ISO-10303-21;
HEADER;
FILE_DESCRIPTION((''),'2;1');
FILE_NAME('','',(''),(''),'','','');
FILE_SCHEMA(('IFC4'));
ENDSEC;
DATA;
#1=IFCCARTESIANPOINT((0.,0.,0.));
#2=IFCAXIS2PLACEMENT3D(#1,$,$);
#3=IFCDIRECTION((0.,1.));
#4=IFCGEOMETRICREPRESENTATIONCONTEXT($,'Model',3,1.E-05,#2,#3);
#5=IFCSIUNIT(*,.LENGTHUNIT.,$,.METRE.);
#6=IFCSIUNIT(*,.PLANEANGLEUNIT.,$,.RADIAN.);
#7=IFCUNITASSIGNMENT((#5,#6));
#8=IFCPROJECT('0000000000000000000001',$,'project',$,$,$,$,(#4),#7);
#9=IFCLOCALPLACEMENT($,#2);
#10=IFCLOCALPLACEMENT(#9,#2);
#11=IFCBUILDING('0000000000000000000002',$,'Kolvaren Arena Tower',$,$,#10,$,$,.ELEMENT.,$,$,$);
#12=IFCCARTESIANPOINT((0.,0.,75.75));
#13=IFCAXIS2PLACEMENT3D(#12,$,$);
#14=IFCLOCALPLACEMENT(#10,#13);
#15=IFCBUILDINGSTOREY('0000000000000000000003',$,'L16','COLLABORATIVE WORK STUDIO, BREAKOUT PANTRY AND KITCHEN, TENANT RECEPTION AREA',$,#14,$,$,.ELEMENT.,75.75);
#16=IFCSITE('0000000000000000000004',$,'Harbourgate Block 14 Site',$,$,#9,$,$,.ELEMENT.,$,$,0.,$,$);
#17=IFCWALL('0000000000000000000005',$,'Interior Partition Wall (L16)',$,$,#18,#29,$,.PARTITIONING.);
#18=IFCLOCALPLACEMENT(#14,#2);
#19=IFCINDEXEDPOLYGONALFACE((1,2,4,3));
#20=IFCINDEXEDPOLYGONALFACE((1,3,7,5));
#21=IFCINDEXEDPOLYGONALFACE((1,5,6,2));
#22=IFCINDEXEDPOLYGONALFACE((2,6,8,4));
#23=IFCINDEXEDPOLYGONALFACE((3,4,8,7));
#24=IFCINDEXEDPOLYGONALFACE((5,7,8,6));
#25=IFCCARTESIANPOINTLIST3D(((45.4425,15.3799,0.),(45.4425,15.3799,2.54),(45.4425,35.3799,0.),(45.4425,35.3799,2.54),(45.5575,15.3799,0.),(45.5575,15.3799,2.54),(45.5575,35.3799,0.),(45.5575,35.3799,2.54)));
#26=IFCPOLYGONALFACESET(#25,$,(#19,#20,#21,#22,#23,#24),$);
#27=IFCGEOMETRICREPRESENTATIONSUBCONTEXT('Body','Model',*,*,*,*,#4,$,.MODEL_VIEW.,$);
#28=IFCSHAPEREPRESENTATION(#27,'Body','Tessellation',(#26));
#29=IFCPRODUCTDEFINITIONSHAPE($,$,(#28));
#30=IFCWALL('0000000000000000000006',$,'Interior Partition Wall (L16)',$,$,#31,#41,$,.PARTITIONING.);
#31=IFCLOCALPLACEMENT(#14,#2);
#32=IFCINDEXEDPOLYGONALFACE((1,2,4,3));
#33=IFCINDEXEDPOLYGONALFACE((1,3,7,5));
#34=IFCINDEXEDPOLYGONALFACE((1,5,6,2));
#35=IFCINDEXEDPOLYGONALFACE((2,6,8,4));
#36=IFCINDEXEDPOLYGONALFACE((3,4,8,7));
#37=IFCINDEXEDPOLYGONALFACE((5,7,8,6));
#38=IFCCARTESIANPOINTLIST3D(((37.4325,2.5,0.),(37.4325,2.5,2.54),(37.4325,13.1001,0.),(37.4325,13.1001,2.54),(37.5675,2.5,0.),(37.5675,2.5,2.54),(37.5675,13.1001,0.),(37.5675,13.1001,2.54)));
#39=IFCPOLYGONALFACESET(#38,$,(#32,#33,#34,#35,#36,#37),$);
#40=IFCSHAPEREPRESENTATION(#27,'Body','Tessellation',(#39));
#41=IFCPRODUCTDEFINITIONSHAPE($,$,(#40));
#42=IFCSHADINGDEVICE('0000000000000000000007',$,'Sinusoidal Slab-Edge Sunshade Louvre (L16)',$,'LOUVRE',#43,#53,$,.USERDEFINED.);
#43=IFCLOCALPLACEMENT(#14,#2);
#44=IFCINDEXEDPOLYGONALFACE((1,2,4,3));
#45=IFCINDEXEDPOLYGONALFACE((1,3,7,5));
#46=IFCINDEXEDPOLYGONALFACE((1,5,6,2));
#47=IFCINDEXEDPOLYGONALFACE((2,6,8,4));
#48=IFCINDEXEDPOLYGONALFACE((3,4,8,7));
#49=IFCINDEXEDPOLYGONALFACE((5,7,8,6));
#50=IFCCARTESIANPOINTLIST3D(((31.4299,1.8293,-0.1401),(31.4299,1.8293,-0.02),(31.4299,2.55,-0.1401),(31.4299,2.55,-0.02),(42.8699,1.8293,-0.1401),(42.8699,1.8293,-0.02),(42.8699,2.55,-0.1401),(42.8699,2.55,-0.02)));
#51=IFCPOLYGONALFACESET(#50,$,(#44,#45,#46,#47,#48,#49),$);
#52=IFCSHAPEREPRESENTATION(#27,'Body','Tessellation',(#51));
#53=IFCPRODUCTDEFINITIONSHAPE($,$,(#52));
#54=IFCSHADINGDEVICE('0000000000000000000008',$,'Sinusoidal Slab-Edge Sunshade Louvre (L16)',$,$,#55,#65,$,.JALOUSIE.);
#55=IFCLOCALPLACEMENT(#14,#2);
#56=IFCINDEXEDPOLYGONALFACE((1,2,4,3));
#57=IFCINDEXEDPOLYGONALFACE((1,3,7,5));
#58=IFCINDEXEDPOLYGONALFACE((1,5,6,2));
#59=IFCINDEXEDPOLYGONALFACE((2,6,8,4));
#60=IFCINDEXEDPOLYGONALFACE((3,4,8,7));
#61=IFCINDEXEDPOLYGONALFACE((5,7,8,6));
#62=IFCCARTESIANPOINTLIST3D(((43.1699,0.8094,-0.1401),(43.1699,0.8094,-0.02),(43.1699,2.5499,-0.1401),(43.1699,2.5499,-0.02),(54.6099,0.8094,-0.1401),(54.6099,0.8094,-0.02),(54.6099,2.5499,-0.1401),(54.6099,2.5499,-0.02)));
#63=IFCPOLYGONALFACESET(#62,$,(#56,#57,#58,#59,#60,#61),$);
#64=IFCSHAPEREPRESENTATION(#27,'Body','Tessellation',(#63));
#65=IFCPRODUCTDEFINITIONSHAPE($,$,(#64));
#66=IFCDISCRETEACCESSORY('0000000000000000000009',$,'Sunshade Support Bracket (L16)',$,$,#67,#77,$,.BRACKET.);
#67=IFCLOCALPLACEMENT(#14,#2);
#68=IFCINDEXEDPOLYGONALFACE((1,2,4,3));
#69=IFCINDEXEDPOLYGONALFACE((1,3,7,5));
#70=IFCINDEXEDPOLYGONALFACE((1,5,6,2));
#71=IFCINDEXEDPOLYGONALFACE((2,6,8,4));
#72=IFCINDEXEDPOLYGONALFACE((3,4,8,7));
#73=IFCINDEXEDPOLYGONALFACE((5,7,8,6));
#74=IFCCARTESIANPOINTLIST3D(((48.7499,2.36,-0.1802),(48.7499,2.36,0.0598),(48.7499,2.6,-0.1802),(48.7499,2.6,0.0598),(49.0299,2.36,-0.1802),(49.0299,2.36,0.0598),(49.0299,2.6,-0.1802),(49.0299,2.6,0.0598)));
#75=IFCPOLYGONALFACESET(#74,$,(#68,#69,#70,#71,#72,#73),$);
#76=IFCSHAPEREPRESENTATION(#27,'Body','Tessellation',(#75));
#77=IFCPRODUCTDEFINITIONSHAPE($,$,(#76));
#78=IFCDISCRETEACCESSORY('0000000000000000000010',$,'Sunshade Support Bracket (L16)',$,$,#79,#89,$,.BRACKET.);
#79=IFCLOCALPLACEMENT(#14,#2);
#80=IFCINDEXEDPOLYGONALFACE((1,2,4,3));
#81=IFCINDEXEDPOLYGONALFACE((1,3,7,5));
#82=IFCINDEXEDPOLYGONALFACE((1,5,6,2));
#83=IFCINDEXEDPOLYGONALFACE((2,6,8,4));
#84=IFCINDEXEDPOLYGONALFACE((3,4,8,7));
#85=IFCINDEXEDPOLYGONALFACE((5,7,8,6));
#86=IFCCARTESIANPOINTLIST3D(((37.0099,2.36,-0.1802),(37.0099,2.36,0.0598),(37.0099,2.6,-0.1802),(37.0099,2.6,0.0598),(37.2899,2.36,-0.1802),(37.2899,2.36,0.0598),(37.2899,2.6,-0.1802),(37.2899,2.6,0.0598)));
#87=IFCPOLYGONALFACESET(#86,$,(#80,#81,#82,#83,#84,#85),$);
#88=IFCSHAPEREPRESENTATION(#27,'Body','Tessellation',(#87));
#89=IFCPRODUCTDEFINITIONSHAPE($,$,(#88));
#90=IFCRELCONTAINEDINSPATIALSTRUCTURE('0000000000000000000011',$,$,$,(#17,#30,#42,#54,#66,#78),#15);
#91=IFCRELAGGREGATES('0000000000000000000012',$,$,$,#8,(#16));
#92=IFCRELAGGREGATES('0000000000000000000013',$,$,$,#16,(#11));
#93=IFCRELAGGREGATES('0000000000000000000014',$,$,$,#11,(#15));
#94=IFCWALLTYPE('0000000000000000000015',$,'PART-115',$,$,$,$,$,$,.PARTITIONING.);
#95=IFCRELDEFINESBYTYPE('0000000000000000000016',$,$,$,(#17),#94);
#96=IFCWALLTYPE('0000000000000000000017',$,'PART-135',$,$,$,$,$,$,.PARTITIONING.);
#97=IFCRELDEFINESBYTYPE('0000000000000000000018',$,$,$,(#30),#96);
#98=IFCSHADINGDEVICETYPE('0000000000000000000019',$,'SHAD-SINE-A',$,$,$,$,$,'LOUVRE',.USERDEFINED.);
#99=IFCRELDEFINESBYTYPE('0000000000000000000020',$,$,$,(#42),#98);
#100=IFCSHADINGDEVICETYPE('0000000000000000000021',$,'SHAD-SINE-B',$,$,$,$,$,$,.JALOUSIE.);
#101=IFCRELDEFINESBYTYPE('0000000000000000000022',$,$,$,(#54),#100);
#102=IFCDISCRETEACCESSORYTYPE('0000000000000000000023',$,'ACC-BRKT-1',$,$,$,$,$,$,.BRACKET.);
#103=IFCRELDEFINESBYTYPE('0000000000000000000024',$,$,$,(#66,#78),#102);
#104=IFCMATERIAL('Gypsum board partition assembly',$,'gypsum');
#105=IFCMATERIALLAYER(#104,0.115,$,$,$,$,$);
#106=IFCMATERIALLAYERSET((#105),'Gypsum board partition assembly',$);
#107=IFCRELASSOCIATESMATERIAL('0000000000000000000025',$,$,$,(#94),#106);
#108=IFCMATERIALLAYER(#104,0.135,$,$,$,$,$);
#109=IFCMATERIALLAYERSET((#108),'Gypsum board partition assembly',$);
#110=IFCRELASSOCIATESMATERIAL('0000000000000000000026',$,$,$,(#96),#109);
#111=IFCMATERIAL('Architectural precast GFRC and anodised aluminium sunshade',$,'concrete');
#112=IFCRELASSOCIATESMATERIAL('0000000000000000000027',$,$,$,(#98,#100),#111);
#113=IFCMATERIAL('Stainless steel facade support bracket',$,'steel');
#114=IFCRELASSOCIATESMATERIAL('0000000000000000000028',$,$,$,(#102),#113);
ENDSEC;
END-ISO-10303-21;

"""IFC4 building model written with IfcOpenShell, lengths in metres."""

from ifc_helpers import new_model, si_unit, direction, frame, frame_2d, origin, origin_2d, place, context, subcontext, project, spatial, rectangle, extrude, material, layer, layer_set, type_object, element, save


model = new_model("IFC4")

# Units and contexts
model_context = context("Model", 3, precision=1e-05, world=origin(), true_north=direction((0.0, 1.0)))
body_context = subcontext(model_context, "Body", "Model", "MODEL_VIEW")
ifc_project = project(units=[si_unit("LENGTHUNIT", "METRE"), si_unit("PLANEANGLEUNIT", "RADIAN")], contexts=[model_context])

# Site, building, storey
site_placement = place(None, origin())
site = spatial("IfcSite", under=ifc_project, at=site_placement, Name="Harbourgate Block 14 Site", CompositionType="ELEMENT", RefElevation=0.0)
building_placement = place(site_placement, origin())
building = spatial("IfcBuilding", under=site, at=building_placement, Name="Kolvaren Arena Tower", CompositionType="ELEMENT")
storey_placement = place(building_placement, frame((0.0, 0.0, 75.75)))
storey = spatial("IfcBuildingStorey", under=building, at=storey_placement, Name="L16", Description="COLLABORATIVE WORK STUDIO, BREAKOUT PANTRY AND KITCHEN, TENANT RECEPTION AREA", CompositionType="ELEMENT", Elevation=75.75)

# Walls
ifc_material_1 = material(Name="Gypsum board partition assembly", Category="gypsum")
ifc_layer_1 = layer(ifc_material_1, 0.115)
ifc_layer_set_1 = layer_set([ifc_layer_1], Name="Gypsum board partition assembly")
wall_type_1 = type_object("IfcWallType", Name="PART-115", PredefinedType="PARTITIONING", material=ifc_layer_set_1)
for number, where, z_axis, x_axis, name in (
    (1, (45.5, 15.3799, 0.0), (0.0, 0.0, 1.0), (0.0, 1.0, 0.0), "Interior Partition Wall (L16)"),
):
    element("IfcWall", number, at=place(storey_placement, frame(where, z_axis=z_axis, x_axis=x_axis)), inside=storey, type_object=wall_type_1, Name=name, PredefinedType="PARTITIONING", context=body_context, shape_type="SweptSolid", body=[
        extrude(rectangle(XDim=20.0, YDim=0.115, at=frame_2d((10.0, 0.0))), origin(), (0.0, 0.0, 1.0), 2.54),
    ])
ifc_layer_2 = layer(ifc_material_1, 0.135)
ifc_layer_set_2 = layer_set([ifc_layer_2], Name="Gypsum board partition assembly")
wall_type_2 = type_object("IfcWallType", Name="PART-135", PredefinedType="PARTITIONING", material=ifc_layer_set_2)
wall_placement = place(storey_placement, frame((37.5, 2.5, 0.0), z_axis=(0.0, 0.0, 1.0), x_axis=(0.0, 1.0, 0.0)))
element("IfcWall", 2, at=wall_placement, inside=storey, type_object=wall_type_2, Name="Interior Partition Wall (L16)", PredefinedType="PARTITIONING", context=body_context, shape_type="SweptSolid", body=[
    extrude(rectangle(XDim=10.6001, YDim=0.135, at=frame_2d((5.3, 0.0))), origin(), (0.0, 0.0, 1.0), 2.54),
])

# Shading devices
ifc_material_2 = material(Name="Architectural precast GFRC and anodised aluminium sunshade", Category="concrete")
shading_device_type_1 = type_object("IfcShadingDeviceType", Name="SHAD-SINE-A", ElementType="LOUVRE", PredefinedType="USERDEFINED", material=ifc_material_2)
shading_device_1_placement = place(storey_placement, frame((37.1499, 2.1897, -0.1401), z_axis=(0.0, 0.0, 1.0), x_axis=(-1.0, 0.0, 0.0)))
element("IfcShadingDevice", 3, at=shading_device_1_placement, inside=storey, type_object=shading_device_type_1, Name="Sinusoidal Slab-Edge Sunshade Louvre (L16)", ObjectType="LOUVRE", PredefinedType="USERDEFINED", context=body_context, shape_type="SweptSolid", body=[
    extrude(rectangle(XDim=11.4399, YDim=0.7207, at=origin_2d()), origin(), (0.0, 0.0, 1.0), 0.1201),
])
shading_device_type_2 = type_object("IfcShadingDeviceType", Name="SHAD-SINE-B", PredefinedType="JALOUSIE", material=ifc_material_2)
shading_device_2_placement = place(storey_placement, frame((48.8899, 1.6797, -0.1401), z_axis=(0.0, 0.0, 1.0), x_axis=(-1.0, 0.0, 0.0)))
element("IfcShadingDevice", 4, at=shading_device_2_placement, inside=storey, type_object=shading_device_type_2, Name="Sinusoidal Slab-Edge Sunshade Louvre (L16)", PredefinedType="JALOUSIE", context=body_context, shape_type="SweptSolid", body=[
    extrude(rectangle(XDim=11.4399, YDim=1.7405, at=origin_2d()), origin(), (0.0, 0.0, 1.0), 0.1201),
])

# Discrete accessories
ifc_material_3 = material(Name="Stainless steel facade support bracket", Category="steel")
discrete_accessory_type = type_object("IfcDiscreteAccessoryType", Name="ACC-BRKT-1", PredefinedType="BRACKET", material=ifc_material_3)
for number, where, z_axis, x_axis, name in (
    (5, (48.8899, 2.48, -0.1802), (0.0, 0.0, 1.0), (-1.0, 0.0, 0.0), "Sunshade Support Bracket (L16)"),
    (6, (37.1499, 2.48, -0.1802), (0.0, 0.0, 1.0), (-1.0, 0.0, 0.0), "Sunshade Support Bracket (L16)"),
):
    element("IfcDiscreteAccessory", number, at=place(storey_placement, frame(where, z_axis=z_axis, x_axis=x_axis)), inside=storey, type_object=discrete_accessory_type, Name=name, PredefinedType="BRACKET", context=body_context, shape_type="SweptSolid", body=[
        extrude(rectangle(XDim=0.28, YDim=0.24, at=origin_2d()), origin(), (0.0, 0.0, 1.0), 0.24),
    ])

save(model, "model.ifc")
